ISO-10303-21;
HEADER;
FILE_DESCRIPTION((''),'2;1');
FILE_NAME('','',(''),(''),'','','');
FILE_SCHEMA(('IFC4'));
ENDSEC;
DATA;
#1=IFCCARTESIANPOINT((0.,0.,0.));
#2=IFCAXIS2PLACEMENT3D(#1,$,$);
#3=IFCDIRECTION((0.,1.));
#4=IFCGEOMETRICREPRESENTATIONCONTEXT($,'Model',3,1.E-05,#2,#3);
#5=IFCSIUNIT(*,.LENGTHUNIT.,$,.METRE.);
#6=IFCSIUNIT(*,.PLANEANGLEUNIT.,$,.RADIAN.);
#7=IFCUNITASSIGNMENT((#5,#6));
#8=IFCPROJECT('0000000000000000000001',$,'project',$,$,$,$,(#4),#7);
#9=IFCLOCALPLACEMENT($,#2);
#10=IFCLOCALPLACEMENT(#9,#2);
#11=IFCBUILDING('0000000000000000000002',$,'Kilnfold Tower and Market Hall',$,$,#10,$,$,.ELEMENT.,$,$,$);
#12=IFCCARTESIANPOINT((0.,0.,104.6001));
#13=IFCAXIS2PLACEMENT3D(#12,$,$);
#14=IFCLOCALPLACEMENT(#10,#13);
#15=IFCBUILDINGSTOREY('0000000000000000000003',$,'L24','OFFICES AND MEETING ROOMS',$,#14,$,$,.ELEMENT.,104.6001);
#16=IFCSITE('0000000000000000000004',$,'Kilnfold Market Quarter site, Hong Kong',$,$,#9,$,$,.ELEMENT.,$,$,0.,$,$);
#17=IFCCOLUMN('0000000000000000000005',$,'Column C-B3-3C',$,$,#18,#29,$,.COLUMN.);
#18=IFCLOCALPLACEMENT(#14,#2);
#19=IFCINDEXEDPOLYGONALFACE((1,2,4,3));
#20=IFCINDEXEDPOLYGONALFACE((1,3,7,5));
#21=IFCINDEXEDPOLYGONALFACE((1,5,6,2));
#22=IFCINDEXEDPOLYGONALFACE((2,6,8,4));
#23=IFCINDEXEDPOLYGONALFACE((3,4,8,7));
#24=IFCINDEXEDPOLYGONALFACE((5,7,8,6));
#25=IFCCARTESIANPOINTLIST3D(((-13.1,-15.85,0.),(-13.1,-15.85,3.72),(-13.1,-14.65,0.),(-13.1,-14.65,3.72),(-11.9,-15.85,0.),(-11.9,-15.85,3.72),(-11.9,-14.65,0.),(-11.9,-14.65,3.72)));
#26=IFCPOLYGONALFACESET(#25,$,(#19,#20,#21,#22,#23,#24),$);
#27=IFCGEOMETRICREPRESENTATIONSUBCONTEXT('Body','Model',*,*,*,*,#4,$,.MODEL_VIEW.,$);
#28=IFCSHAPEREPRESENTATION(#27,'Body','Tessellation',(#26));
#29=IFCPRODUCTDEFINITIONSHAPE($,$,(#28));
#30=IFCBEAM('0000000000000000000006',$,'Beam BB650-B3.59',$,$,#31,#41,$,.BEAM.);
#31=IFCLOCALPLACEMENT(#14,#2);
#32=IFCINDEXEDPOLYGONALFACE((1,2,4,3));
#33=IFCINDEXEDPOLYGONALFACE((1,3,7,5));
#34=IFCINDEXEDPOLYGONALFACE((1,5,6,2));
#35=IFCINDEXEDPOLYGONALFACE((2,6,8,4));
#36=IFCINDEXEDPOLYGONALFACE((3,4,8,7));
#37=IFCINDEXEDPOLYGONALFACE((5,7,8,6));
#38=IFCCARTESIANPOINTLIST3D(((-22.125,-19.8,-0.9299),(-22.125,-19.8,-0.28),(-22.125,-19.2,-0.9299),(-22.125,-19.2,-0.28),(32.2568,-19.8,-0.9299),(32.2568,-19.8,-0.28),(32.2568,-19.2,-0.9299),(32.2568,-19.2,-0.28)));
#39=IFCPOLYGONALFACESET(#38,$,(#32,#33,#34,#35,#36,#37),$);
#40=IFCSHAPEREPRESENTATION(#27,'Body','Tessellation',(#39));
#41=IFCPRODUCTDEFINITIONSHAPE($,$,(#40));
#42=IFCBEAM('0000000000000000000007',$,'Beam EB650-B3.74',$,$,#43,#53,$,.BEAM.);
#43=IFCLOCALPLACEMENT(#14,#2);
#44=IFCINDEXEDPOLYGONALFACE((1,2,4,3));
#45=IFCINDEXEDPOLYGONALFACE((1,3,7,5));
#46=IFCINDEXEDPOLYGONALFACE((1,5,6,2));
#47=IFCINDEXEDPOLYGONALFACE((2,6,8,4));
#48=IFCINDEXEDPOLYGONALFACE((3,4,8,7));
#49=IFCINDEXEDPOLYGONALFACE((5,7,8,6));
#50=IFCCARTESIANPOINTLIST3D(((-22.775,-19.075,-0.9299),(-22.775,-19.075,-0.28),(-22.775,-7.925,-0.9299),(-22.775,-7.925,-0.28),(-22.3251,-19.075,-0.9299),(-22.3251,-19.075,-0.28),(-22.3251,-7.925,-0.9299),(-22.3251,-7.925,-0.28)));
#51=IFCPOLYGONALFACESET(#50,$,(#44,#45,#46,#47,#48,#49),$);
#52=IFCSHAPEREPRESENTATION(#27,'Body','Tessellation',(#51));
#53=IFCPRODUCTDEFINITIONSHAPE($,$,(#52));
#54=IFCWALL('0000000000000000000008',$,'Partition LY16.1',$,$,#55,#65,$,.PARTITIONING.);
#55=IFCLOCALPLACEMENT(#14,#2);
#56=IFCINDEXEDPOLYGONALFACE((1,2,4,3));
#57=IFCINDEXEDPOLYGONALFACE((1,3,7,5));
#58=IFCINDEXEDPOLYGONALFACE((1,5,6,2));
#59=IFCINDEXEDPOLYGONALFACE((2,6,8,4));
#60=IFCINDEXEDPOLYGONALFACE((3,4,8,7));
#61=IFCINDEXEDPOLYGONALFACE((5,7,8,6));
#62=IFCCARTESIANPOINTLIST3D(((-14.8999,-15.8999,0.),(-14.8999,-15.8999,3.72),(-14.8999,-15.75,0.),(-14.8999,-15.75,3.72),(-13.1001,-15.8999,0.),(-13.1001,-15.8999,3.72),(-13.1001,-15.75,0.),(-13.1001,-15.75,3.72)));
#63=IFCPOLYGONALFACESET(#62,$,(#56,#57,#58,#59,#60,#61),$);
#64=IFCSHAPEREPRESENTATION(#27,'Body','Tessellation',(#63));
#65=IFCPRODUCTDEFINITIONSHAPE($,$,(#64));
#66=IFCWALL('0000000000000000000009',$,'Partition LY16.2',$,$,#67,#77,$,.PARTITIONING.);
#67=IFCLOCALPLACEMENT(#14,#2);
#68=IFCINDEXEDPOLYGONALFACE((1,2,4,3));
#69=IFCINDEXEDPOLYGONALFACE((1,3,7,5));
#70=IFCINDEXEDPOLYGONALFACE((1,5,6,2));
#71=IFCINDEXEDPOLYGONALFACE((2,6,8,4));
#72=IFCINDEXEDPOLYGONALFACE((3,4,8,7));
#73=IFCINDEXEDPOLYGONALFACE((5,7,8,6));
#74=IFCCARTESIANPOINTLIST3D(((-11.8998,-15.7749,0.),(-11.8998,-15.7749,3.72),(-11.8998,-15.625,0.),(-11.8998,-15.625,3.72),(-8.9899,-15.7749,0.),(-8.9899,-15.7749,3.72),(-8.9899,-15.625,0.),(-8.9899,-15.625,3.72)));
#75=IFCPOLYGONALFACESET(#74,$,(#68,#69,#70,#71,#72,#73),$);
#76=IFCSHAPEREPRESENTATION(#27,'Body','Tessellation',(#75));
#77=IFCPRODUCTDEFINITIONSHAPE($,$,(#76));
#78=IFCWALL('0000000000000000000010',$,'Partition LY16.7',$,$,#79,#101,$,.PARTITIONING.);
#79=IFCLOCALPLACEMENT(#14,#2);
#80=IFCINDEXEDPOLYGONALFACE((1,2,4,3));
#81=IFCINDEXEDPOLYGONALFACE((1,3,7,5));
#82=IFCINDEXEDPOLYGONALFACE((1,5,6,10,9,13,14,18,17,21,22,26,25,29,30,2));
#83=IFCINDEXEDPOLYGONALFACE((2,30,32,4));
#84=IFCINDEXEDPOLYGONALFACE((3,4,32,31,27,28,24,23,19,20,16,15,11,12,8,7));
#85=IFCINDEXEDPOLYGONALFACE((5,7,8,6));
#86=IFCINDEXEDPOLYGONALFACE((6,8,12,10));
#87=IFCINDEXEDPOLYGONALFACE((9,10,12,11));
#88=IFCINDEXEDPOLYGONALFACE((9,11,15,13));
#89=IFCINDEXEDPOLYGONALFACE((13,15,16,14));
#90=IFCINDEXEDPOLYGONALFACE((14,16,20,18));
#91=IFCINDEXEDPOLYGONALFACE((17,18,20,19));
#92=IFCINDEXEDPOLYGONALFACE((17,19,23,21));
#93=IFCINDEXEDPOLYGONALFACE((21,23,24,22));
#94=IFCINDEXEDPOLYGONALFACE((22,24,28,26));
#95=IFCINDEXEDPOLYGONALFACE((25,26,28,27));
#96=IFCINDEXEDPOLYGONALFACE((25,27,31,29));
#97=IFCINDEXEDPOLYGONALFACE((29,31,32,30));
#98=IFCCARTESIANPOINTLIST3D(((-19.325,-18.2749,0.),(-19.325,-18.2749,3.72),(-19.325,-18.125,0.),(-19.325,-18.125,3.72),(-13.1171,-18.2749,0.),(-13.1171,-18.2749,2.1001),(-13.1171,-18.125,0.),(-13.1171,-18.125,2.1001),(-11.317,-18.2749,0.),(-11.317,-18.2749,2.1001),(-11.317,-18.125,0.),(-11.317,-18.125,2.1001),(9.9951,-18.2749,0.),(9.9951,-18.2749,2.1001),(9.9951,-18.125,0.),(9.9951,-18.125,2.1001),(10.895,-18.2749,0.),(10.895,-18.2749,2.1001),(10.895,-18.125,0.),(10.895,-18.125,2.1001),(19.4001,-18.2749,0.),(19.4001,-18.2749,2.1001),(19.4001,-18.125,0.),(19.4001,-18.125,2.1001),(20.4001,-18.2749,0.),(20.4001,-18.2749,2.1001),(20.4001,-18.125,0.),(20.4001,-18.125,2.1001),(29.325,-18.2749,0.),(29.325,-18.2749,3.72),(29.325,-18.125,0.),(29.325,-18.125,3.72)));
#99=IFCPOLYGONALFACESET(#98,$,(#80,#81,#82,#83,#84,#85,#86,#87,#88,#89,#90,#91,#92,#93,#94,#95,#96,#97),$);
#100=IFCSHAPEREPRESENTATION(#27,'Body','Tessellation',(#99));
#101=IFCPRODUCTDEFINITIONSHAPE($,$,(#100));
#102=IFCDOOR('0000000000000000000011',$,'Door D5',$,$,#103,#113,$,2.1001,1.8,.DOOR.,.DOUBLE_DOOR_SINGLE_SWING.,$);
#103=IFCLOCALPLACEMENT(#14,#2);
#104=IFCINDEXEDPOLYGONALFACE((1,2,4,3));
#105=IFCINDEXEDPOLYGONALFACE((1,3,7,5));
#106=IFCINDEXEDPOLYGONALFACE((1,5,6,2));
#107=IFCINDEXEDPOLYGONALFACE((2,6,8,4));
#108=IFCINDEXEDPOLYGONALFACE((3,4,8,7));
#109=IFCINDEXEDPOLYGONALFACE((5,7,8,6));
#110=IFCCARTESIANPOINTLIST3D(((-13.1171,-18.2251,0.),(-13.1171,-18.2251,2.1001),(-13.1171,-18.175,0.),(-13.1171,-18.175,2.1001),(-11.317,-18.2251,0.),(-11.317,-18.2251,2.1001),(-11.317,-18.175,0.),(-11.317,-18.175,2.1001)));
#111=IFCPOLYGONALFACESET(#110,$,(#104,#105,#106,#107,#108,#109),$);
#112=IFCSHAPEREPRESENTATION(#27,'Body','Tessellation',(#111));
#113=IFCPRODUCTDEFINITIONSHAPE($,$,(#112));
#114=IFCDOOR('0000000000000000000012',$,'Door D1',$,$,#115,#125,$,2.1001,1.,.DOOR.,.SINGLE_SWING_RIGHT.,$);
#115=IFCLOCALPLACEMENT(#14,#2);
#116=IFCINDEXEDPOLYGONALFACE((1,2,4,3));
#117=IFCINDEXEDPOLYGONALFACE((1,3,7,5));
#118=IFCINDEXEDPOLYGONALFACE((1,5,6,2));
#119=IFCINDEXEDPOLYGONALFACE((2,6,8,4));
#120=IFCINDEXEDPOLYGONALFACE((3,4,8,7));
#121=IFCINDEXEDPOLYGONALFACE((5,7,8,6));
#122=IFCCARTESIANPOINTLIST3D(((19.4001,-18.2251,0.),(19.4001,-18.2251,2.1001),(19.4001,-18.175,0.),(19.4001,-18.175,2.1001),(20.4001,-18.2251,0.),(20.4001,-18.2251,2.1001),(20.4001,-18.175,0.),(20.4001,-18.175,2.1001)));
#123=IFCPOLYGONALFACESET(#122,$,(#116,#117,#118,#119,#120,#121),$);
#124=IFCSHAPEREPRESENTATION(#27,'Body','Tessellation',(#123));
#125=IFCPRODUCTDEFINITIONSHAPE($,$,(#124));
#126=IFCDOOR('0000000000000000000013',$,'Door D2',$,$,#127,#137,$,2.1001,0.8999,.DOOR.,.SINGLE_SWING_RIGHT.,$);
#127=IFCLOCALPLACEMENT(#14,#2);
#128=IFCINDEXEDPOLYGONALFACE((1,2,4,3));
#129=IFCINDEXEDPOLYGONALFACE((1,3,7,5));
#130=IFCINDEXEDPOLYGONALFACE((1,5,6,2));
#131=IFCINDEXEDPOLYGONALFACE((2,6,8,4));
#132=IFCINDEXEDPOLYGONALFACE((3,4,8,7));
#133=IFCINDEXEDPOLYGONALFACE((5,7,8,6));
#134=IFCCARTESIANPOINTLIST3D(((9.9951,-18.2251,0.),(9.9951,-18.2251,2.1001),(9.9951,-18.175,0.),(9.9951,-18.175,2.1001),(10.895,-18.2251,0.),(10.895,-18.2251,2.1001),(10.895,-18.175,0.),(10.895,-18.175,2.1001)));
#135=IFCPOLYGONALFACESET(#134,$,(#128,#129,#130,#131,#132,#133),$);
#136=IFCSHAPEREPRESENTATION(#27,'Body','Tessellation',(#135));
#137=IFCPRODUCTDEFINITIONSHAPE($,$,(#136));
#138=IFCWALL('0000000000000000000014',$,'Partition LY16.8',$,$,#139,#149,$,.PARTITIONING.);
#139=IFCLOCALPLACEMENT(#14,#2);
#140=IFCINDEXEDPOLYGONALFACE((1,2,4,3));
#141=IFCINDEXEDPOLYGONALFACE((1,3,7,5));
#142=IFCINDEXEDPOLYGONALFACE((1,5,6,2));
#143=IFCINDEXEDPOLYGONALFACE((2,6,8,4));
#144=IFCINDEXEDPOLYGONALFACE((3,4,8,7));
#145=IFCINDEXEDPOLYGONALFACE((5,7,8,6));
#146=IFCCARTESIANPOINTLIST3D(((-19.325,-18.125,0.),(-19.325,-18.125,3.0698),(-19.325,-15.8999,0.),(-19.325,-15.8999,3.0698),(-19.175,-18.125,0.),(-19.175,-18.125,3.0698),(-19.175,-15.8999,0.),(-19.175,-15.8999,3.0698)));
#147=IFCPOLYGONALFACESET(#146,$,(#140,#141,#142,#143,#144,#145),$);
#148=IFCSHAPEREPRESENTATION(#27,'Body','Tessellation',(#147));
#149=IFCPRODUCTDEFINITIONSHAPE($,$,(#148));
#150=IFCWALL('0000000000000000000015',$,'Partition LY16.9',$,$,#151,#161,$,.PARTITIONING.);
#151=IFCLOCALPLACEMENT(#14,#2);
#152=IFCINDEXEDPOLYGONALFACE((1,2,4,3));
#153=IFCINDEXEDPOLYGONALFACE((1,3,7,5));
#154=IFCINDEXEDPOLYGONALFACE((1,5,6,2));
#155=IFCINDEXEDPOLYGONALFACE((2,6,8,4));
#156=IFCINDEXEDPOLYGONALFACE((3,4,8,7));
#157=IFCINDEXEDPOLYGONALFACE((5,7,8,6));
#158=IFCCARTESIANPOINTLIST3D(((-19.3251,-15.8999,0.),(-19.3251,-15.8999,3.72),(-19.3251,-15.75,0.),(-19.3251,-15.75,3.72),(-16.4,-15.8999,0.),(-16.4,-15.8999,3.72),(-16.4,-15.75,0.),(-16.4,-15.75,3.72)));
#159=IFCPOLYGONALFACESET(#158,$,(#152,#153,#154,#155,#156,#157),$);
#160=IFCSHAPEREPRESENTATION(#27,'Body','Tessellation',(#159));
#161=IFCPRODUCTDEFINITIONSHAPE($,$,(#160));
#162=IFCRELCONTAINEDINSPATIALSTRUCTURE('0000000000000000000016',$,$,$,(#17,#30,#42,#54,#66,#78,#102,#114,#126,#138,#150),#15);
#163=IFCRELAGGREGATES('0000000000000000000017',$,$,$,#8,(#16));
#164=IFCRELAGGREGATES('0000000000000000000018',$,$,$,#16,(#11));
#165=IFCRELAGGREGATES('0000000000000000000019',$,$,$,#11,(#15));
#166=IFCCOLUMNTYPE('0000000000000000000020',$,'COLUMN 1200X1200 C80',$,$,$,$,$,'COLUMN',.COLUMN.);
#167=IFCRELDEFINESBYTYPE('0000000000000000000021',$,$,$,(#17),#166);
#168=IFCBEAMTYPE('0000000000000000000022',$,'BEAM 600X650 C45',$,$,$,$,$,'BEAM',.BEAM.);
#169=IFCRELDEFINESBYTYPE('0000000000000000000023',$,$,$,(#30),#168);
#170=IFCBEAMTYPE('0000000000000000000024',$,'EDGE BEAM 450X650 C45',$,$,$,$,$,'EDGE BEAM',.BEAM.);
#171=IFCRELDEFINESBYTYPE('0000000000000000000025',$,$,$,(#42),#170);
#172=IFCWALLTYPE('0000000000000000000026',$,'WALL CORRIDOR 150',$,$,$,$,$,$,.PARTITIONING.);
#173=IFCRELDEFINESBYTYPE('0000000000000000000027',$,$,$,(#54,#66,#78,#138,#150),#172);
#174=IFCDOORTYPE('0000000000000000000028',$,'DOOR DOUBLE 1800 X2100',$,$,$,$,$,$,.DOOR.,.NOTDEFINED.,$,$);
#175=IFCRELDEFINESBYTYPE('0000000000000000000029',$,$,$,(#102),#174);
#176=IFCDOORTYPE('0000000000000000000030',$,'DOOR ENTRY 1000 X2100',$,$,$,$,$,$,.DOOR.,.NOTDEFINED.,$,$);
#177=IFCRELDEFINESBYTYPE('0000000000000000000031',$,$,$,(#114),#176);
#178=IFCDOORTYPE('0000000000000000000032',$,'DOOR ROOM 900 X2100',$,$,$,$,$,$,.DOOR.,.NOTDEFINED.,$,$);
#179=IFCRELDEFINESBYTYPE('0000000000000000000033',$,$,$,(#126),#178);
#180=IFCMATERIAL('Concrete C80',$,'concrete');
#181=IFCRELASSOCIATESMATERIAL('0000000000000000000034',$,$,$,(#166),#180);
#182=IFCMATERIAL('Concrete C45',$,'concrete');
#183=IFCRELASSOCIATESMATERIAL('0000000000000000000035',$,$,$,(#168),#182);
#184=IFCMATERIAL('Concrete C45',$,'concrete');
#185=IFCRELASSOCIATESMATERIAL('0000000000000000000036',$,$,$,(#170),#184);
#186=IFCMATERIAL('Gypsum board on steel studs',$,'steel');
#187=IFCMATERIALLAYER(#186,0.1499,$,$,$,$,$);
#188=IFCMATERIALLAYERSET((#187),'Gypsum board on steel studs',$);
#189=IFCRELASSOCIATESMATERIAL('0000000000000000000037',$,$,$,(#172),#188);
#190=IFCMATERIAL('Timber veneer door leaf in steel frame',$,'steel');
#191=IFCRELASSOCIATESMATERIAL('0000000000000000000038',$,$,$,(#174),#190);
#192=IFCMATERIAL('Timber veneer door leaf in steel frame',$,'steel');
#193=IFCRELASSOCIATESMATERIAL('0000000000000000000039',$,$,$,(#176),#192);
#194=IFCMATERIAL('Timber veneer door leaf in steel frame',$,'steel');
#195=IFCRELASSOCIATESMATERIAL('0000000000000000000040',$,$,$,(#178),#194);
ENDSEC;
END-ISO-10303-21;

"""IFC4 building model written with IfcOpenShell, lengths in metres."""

from ifc_helpers import new_model, si_unit, direction, frame, frame_2d, origin, origin_2d, place, context, subcontext, project, spatial, rectangle, extrude, source, transform, mapped, material, layer, layer_set, material_profile, profile_set, type_object, element, fill, save


model = new_model("IFC4")

# Units and contexts
model_context = context("Model", 3, precision=1e-05, world=origin(), true_north=direction((0.0, 1.0)))
body_context = subcontext(model_context, "Body", "Model", "MODEL_VIEW")
ifc_project = project(units=[si_unit("LENGTHUNIT", "METRE"), si_unit("PLANEANGLEUNIT", "RADIAN")], contexts=[model_context])

# Site, building, storey
site_placement = place(None, origin())
site = spatial("IfcSite", under=ifc_project, at=site_placement, Name="Kilnfold Market Quarter site, Hong Kong", CompositionType="ELEMENT", RefElevation=0.0)
building_placement = place(site_placement, origin())
building = spatial("IfcBuilding", under=site, at=building_placement, Name="Kilnfold Tower and Market Hall", CompositionType="ELEMENT")
storey_placement = place(building_placement, frame((0.0, 0.0, 104.6001)))
storey = spatial("IfcBuildingStorey", under=building, at=storey_placement, Name="L24", Description="OFFICES AND MEETING ROOMS", CompositionType="ELEMENT", Elevation=104.6001)

# Column
ifc_material_1 = material(Name="Concrete C80", Category="concrete")
ifc_material_profile_1 = material_profile(ifc_material_1, rectangle(XDim=1.2, YDim=1.2, at=origin_2d()), Name="RC 1200x1200")
ifc_profile_set_1 = profile_set([ifc_material_profile_1], Name="Concrete C80")
column_type = type_object("IfcColumnType", Name="COLUMN 1200X1200 C80", ElementType="COLUMN", PredefinedType="COLUMN", material=ifc_profile_set_1)
shared_shape_1 = source(origin(), body_context, "Body", "SweptSolid", [
    extrude(rectangle(XDim=1.2, YDim=1.2, at=origin_2d()), origin(), (0.0, 0.0, 1.0), 3.72),
])
column_placement = place(storey_placement, frame((-12.5, -15.25, 0.0), z_axis=(0.0, 0.0, 1.0), x_axis=(1.0, 0.0, 0.0)))
element("IfcColumn", 1, at=column_placement, inside=storey, type_object=column_type, Name="Column C-B3-3C", PredefinedType="COLUMN", context=body_context, shape_type="MappedRepresentation", body=[
    mapped(shared_shape_1, transform((0.0, 0.0, 0.0))),
])

# Beams
ifc_material_2 = material(Name="Concrete C45", Category="concrete")
ifc_material_profile_2 = material_profile(ifc_material_2, rectangle(XDim=0.6001, YDim=0.6499, at=origin_2d()), Name="RC 600x650")
ifc_profile_set_2 = profile_set([ifc_material_profile_2], Name="Concrete C45")
beam_type_1 = type_object("IfcBeamType", Name="BEAM 600X650 C45", ElementType="BEAM", PredefinedType="BEAM", material=ifc_profile_set_2)
shared_shape_2 = source(origin(), body_context, "Body", "SweptSolid", [
    extrude(rectangle(XDim=0.6001, YDim=0.6499, at=origin_2d()), origin(), (0.0, 0.0, 1.0), 54.3818),
])
beam_1_placement = place(storey_placement, frame((-22.125, -19.5, -0.605), z_axis=(1.0, 0.0, 0.0), x_axis=(0.0, 1.0, 0.0)))
element("IfcBeam", 2, at=beam_1_placement, inside=storey, type_object=beam_type_1, Name="Beam BB650-B3.59", PredefinedType="BEAM", context=body_context, shape_type="MappedRepresentation", body=[
    mapped(shared_shape_2, transform((0.0, 0.0, 0.0))),
])
ifc_material_3 = material(Name="Concrete C45", Category="concrete")
ifc_material_profile_3 = material_profile(ifc_material_3, rectangle(XDim=0.45, YDim=0.6499, at=origin_2d()), Name="RC 450x650")
ifc_profile_set_3 = profile_set([ifc_material_profile_3], Name="Concrete C45")
beam_type_2 = type_object("IfcBeamType", Name="EDGE BEAM 450X650 C45", ElementType="EDGE BEAM", PredefinedType="BEAM", material=ifc_profile_set_3)
shared_shape_3 = source(origin(), body_context, "Body", "SweptSolid", [
    extrude(rectangle(XDim=0.45, YDim=0.6499, at=origin_2d()), origin(), (0.0, 0.0, 1.0), 11.1499),
])
beam_2_placement = place(storey_placement, frame((-22.55, -19.075, -0.605), z_axis=(0.0, 1.0, 0.0), x_axis=(-1.0, 0.0, 0.0)))
element("IfcBeam", 3, at=beam_2_placement, inside=storey, type_object=beam_type_2, Name="Beam EB650-B3.74", PredefinedType="BEAM", context=body_context, shape_type="MappedRepresentation", body=[
    mapped(shared_shape_3, transform((0.0, 0.0, 0.0))),
])

# Walls
ifc_material_4 = material(Name="Gypsum board on steel studs", Category="steel")
ifc_layer_1 = layer(ifc_material_4, 0.1499)
ifc_layer_set_1 = layer_set([ifc_layer_1], Name="Gypsum board on steel studs")
wall_type_1 = type_object("IfcWallType", Name="WALL CORRIDOR 150", PredefinedType="PARTITIONING", material=ifc_layer_set_1)
wall_1_placement = place(storey_placement, frame((-14.8999, -15.825, 0.0), z_axis=(0.0, 0.0, 1.0), x_axis=(1.0, 0.0, 0.0)))
element("IfcWall", 4, at=wall_1_placement, inside=storey, type_object=wall_type_1, Name="Partition LY16.1", PredefinedType="PARTITIONING", context=body_context, shape_type="SweptSolid", body=[
    extrude(rectangle(XDim=1.7998, YDim=0.1499, at=frame_2d((0.8999, 0.0))), origin(), (0.0, 0.0, 1.0), 3.72),
])
wall_2_placement = place(storey_placement, frame((-11.8999, -15.7, 0.0), z_axis=(0.0, 0.0, 1.0), x_axis=(1.0, 0.0, 0.0)))
element("IfcWall", 5, at=wall_2_placement, inside=storey, type_object=wall_type_1, Name="Partition LY16.2", PredefinedType="PARTITIONING", context=body_context, shape_type="SweptSolid", body=[
    extrude(rectangle(XDim=2.9099, YDim=0.1499, at=frame_2d((1.4551, 0.0))), origin(), (0.0, 0.0, 1.0), 3.72),
])

# Wall, openings, doors
wall_3_placement = place(storey_placement, frame((-19.325, -18.2, 0.0), z_axis=(0.0, 0.0, 1.0), x_axis=(1.0, 0.0, 0.0)))
wall_3 = element("IfcWall", 6, at=wall_3_placement, inside=storey, type_object=wall_type_1, Name="Partition LY16.7", PredefinedType="PARTITIONING", context=body_context, shape_type="SweptSolid", body=[
    extrude(rectangle(XDim=48.6499, YDim=0.1499, at=frame_2d((24.325, 0.0))), origin(), (0.0, 0.0, 1.0), 3.72),
])
opening_1_placement = place(wall_3_placement, frame((6.208, 0.0, 0.0)))
opening_1 = element("IfcOpeningElement", 7, at=opening_1_placement, cuts=wall_3, PredefinedType="OPENING", context=body_context, shape_type="SweptSolid", body=[
    extrude(rectangle(XDim=1.8, YDim=2.1001, at=frame_2d((0.8999, 1.05))), frame((0.0, 0.085, 0.0), z_axis=(0.0, -1.0, 0.0), x_axis=(1.0, 0.0, 0.0)), (0.0, 0.0, 1.0), 0.1699),
])
opening_2_placement = place(wall_3_placement, frame((29.3201, 0.0, 0.0)))
opening_2 = element("IfcOpeningElement", 8, at=opening_2_placement, cuts=wall_3, PredefinedType="OPENING", context=body_context, shape_type="SweptSolid", body=[
    extrude(rectangle(XDim=0.8999, YDim=2.1001, at=frame_2d((0.45, 1.05))), frame((0.0, 0.085, 0.0), z_axis=(0.0, -1.0, 0.0), x_axis=(1.0, 0.0, 0.0)), (0.0, 0.0, 1.0), 0.1699),
])
opening_3_placement = place(wall_3_placement, frame((38.7251, 0.0, 0.0)))
opening_3 = element("IfcOpeningElement", 9, at=opening_3_placement, cuts=wall_3, PredefinedType="OPENING", context=body_context, shape_type="SweptSolid", body=[
    extrude(rectangle(XDim=1.0, YDim=2.1001, at=frame_2d((0.5, 1.05))), frame((0.0, 0.085, 0.0), z_axis=(0.0, -1.0, 0.0), x_axis=(1.0, 0.0, 0.0)), (0.0, 0.0, 1.0), 0.1699),
])
ifc_material_5 = material(Name="Timber veneer door leaf in steel frame", Category="steel")
door_type_1 = type_object("IfcDoorType", Name="DOOR DOUBLE 1800 X2100", OperationType="NOTDEFINED", PredefinedType="DOOR", material=ifc_material_5)
door_1_placement = place(opening_1_placement, origin())
door_1 = element("IfcDoor", 10, at=door_1_placement, inside=storey, type_object=door_type_1, Name="Door D5", OperationType="DOUBLE_DOOR_SINGLE_SWING", OverallHeight=2.1001, OverallWidth=1.8, PredefinedType="DOOR", context=body_context, shape_type="SweptSolid", body=[
    extrude(rectangle(XDim=1.8, YDim=2.1001, at=frame_2d((0.8999, 1.05))), frame((0.0, 0.0249, 0.0), z_axis=(0.0, -1.0, 0.0), x_axis=(1.0, 0.0, 0.0)), (0.0, 0.0, 1.0), 0.05),
])
fill(opening_1, door_1)
ifc_material_6 = material(Name="Timber veneer door leaf in steel frame", Category="steel")
door_type_2 = type_object("IfcDoorType", Name="DOOR ENTRY 1000 X2100", OperationType="NOTDEFINED", PredefinedType="DOOR", material=ifc_material_6)
door_2_placement = place(opening_3_placement, origin())
door_2 = element("IfcDoor", 11, at=door_2_placement, inside=storey, type_object=door_type_2, Name="Door D1", OperationType="SINGLE_SWING_RIGHT", OverallHeight=2.1001, OverallWidth=1.0, PredefinedType="DOOR", context=body_context, shape_type="SweptSolid", body=[
    extrude(rectangle(XDim=1.0, YDim=2.1001, at=frame_2d((0.5, 1.05))), frame((0.0, 0.0249, 0.0), z_axis=(0.0, -1.0, 0.0), x_axis=(1.0, 0.0, 0.0)), (0.0, 0.0, 1.0), 0.05),
])
fill(opening_3, door_2)
ifc_material_7 = material(Name="Timber veneer door leaf in steel frame", Category="steel")
door_type_3 = type_object("IfcDoorType", Name="DOOR ROOM 900 X2100", OperationType="NOTDEFINED", PredefinedType="DOOR", material=ifc_material_7)
door_3_placement = place(opening_2_placement, origin())
door_3 = element("IfcDoor", 12, at=door_3_placement, inside=storey, type_object=door_type_3, Name="Door D2", OperationType="SINGLE_SWING_RIGHT", OverallHeight=2.1001, OverallWidth=0.8999, PredefinedType="DOOR", context=body_context, shape_type="SweptSolid", body=[
    extrude(rectangle(XDim=0.8999, YDim=2.1001, at=frame_2d((0.45, 1.05))), frame((0.0, 0.0249, 0.0), z_axis=(0.0, -1.0, 0.0), x_axis=(1.0, 0.0, 0.0)), (0.0, 0.0, 1.0), 0.05),
])
fill(opening_2, door_3)

# Walls
wall_4_placement = place(storey_placement, frame((-19.25, -15.8999, 0.0), z_axis=(0.0, 0.0, 1.0), x_axis=(0.0, -1.0, 0.0)))
element("IfcWall", 13, at=wall_4_placement, inside=storey, type_object=wall_type_1, Name="Partition LY16.8", PredefinedType="PARTITIONING", context=body_context, shape_type="SweptSolid", body=[
    extrude(rectangle(XDim=2.2251, YDim=0.1499, at=frame_2d((1.1125, 0.0))), origin(), (0.0, 0.0, 1.0), 3.0698),
])
wall_5_placement = place(storey_placement, frame((-19.325, -15.825, 0.0), z_axis=(0.0, 0.0, 1.0), x_axis=(1.0, 0.0, 0.0)))
element("IfcWall", 14, at=wall_5_placement, inside=storey, type_object=wall_type_1, Name="Partition LY16.9", PredefinedType="PARTITIONING", context=body_context, shape_type="SweptSolid", body=[
    extrude(rectangle(XDim=2.925, YDim=0.1499, at=frame_2d((1.4624, 0.0))), origin(), (0.0, 0.0, 1.0), 3.72),
])

save(model, "model.ifc")
